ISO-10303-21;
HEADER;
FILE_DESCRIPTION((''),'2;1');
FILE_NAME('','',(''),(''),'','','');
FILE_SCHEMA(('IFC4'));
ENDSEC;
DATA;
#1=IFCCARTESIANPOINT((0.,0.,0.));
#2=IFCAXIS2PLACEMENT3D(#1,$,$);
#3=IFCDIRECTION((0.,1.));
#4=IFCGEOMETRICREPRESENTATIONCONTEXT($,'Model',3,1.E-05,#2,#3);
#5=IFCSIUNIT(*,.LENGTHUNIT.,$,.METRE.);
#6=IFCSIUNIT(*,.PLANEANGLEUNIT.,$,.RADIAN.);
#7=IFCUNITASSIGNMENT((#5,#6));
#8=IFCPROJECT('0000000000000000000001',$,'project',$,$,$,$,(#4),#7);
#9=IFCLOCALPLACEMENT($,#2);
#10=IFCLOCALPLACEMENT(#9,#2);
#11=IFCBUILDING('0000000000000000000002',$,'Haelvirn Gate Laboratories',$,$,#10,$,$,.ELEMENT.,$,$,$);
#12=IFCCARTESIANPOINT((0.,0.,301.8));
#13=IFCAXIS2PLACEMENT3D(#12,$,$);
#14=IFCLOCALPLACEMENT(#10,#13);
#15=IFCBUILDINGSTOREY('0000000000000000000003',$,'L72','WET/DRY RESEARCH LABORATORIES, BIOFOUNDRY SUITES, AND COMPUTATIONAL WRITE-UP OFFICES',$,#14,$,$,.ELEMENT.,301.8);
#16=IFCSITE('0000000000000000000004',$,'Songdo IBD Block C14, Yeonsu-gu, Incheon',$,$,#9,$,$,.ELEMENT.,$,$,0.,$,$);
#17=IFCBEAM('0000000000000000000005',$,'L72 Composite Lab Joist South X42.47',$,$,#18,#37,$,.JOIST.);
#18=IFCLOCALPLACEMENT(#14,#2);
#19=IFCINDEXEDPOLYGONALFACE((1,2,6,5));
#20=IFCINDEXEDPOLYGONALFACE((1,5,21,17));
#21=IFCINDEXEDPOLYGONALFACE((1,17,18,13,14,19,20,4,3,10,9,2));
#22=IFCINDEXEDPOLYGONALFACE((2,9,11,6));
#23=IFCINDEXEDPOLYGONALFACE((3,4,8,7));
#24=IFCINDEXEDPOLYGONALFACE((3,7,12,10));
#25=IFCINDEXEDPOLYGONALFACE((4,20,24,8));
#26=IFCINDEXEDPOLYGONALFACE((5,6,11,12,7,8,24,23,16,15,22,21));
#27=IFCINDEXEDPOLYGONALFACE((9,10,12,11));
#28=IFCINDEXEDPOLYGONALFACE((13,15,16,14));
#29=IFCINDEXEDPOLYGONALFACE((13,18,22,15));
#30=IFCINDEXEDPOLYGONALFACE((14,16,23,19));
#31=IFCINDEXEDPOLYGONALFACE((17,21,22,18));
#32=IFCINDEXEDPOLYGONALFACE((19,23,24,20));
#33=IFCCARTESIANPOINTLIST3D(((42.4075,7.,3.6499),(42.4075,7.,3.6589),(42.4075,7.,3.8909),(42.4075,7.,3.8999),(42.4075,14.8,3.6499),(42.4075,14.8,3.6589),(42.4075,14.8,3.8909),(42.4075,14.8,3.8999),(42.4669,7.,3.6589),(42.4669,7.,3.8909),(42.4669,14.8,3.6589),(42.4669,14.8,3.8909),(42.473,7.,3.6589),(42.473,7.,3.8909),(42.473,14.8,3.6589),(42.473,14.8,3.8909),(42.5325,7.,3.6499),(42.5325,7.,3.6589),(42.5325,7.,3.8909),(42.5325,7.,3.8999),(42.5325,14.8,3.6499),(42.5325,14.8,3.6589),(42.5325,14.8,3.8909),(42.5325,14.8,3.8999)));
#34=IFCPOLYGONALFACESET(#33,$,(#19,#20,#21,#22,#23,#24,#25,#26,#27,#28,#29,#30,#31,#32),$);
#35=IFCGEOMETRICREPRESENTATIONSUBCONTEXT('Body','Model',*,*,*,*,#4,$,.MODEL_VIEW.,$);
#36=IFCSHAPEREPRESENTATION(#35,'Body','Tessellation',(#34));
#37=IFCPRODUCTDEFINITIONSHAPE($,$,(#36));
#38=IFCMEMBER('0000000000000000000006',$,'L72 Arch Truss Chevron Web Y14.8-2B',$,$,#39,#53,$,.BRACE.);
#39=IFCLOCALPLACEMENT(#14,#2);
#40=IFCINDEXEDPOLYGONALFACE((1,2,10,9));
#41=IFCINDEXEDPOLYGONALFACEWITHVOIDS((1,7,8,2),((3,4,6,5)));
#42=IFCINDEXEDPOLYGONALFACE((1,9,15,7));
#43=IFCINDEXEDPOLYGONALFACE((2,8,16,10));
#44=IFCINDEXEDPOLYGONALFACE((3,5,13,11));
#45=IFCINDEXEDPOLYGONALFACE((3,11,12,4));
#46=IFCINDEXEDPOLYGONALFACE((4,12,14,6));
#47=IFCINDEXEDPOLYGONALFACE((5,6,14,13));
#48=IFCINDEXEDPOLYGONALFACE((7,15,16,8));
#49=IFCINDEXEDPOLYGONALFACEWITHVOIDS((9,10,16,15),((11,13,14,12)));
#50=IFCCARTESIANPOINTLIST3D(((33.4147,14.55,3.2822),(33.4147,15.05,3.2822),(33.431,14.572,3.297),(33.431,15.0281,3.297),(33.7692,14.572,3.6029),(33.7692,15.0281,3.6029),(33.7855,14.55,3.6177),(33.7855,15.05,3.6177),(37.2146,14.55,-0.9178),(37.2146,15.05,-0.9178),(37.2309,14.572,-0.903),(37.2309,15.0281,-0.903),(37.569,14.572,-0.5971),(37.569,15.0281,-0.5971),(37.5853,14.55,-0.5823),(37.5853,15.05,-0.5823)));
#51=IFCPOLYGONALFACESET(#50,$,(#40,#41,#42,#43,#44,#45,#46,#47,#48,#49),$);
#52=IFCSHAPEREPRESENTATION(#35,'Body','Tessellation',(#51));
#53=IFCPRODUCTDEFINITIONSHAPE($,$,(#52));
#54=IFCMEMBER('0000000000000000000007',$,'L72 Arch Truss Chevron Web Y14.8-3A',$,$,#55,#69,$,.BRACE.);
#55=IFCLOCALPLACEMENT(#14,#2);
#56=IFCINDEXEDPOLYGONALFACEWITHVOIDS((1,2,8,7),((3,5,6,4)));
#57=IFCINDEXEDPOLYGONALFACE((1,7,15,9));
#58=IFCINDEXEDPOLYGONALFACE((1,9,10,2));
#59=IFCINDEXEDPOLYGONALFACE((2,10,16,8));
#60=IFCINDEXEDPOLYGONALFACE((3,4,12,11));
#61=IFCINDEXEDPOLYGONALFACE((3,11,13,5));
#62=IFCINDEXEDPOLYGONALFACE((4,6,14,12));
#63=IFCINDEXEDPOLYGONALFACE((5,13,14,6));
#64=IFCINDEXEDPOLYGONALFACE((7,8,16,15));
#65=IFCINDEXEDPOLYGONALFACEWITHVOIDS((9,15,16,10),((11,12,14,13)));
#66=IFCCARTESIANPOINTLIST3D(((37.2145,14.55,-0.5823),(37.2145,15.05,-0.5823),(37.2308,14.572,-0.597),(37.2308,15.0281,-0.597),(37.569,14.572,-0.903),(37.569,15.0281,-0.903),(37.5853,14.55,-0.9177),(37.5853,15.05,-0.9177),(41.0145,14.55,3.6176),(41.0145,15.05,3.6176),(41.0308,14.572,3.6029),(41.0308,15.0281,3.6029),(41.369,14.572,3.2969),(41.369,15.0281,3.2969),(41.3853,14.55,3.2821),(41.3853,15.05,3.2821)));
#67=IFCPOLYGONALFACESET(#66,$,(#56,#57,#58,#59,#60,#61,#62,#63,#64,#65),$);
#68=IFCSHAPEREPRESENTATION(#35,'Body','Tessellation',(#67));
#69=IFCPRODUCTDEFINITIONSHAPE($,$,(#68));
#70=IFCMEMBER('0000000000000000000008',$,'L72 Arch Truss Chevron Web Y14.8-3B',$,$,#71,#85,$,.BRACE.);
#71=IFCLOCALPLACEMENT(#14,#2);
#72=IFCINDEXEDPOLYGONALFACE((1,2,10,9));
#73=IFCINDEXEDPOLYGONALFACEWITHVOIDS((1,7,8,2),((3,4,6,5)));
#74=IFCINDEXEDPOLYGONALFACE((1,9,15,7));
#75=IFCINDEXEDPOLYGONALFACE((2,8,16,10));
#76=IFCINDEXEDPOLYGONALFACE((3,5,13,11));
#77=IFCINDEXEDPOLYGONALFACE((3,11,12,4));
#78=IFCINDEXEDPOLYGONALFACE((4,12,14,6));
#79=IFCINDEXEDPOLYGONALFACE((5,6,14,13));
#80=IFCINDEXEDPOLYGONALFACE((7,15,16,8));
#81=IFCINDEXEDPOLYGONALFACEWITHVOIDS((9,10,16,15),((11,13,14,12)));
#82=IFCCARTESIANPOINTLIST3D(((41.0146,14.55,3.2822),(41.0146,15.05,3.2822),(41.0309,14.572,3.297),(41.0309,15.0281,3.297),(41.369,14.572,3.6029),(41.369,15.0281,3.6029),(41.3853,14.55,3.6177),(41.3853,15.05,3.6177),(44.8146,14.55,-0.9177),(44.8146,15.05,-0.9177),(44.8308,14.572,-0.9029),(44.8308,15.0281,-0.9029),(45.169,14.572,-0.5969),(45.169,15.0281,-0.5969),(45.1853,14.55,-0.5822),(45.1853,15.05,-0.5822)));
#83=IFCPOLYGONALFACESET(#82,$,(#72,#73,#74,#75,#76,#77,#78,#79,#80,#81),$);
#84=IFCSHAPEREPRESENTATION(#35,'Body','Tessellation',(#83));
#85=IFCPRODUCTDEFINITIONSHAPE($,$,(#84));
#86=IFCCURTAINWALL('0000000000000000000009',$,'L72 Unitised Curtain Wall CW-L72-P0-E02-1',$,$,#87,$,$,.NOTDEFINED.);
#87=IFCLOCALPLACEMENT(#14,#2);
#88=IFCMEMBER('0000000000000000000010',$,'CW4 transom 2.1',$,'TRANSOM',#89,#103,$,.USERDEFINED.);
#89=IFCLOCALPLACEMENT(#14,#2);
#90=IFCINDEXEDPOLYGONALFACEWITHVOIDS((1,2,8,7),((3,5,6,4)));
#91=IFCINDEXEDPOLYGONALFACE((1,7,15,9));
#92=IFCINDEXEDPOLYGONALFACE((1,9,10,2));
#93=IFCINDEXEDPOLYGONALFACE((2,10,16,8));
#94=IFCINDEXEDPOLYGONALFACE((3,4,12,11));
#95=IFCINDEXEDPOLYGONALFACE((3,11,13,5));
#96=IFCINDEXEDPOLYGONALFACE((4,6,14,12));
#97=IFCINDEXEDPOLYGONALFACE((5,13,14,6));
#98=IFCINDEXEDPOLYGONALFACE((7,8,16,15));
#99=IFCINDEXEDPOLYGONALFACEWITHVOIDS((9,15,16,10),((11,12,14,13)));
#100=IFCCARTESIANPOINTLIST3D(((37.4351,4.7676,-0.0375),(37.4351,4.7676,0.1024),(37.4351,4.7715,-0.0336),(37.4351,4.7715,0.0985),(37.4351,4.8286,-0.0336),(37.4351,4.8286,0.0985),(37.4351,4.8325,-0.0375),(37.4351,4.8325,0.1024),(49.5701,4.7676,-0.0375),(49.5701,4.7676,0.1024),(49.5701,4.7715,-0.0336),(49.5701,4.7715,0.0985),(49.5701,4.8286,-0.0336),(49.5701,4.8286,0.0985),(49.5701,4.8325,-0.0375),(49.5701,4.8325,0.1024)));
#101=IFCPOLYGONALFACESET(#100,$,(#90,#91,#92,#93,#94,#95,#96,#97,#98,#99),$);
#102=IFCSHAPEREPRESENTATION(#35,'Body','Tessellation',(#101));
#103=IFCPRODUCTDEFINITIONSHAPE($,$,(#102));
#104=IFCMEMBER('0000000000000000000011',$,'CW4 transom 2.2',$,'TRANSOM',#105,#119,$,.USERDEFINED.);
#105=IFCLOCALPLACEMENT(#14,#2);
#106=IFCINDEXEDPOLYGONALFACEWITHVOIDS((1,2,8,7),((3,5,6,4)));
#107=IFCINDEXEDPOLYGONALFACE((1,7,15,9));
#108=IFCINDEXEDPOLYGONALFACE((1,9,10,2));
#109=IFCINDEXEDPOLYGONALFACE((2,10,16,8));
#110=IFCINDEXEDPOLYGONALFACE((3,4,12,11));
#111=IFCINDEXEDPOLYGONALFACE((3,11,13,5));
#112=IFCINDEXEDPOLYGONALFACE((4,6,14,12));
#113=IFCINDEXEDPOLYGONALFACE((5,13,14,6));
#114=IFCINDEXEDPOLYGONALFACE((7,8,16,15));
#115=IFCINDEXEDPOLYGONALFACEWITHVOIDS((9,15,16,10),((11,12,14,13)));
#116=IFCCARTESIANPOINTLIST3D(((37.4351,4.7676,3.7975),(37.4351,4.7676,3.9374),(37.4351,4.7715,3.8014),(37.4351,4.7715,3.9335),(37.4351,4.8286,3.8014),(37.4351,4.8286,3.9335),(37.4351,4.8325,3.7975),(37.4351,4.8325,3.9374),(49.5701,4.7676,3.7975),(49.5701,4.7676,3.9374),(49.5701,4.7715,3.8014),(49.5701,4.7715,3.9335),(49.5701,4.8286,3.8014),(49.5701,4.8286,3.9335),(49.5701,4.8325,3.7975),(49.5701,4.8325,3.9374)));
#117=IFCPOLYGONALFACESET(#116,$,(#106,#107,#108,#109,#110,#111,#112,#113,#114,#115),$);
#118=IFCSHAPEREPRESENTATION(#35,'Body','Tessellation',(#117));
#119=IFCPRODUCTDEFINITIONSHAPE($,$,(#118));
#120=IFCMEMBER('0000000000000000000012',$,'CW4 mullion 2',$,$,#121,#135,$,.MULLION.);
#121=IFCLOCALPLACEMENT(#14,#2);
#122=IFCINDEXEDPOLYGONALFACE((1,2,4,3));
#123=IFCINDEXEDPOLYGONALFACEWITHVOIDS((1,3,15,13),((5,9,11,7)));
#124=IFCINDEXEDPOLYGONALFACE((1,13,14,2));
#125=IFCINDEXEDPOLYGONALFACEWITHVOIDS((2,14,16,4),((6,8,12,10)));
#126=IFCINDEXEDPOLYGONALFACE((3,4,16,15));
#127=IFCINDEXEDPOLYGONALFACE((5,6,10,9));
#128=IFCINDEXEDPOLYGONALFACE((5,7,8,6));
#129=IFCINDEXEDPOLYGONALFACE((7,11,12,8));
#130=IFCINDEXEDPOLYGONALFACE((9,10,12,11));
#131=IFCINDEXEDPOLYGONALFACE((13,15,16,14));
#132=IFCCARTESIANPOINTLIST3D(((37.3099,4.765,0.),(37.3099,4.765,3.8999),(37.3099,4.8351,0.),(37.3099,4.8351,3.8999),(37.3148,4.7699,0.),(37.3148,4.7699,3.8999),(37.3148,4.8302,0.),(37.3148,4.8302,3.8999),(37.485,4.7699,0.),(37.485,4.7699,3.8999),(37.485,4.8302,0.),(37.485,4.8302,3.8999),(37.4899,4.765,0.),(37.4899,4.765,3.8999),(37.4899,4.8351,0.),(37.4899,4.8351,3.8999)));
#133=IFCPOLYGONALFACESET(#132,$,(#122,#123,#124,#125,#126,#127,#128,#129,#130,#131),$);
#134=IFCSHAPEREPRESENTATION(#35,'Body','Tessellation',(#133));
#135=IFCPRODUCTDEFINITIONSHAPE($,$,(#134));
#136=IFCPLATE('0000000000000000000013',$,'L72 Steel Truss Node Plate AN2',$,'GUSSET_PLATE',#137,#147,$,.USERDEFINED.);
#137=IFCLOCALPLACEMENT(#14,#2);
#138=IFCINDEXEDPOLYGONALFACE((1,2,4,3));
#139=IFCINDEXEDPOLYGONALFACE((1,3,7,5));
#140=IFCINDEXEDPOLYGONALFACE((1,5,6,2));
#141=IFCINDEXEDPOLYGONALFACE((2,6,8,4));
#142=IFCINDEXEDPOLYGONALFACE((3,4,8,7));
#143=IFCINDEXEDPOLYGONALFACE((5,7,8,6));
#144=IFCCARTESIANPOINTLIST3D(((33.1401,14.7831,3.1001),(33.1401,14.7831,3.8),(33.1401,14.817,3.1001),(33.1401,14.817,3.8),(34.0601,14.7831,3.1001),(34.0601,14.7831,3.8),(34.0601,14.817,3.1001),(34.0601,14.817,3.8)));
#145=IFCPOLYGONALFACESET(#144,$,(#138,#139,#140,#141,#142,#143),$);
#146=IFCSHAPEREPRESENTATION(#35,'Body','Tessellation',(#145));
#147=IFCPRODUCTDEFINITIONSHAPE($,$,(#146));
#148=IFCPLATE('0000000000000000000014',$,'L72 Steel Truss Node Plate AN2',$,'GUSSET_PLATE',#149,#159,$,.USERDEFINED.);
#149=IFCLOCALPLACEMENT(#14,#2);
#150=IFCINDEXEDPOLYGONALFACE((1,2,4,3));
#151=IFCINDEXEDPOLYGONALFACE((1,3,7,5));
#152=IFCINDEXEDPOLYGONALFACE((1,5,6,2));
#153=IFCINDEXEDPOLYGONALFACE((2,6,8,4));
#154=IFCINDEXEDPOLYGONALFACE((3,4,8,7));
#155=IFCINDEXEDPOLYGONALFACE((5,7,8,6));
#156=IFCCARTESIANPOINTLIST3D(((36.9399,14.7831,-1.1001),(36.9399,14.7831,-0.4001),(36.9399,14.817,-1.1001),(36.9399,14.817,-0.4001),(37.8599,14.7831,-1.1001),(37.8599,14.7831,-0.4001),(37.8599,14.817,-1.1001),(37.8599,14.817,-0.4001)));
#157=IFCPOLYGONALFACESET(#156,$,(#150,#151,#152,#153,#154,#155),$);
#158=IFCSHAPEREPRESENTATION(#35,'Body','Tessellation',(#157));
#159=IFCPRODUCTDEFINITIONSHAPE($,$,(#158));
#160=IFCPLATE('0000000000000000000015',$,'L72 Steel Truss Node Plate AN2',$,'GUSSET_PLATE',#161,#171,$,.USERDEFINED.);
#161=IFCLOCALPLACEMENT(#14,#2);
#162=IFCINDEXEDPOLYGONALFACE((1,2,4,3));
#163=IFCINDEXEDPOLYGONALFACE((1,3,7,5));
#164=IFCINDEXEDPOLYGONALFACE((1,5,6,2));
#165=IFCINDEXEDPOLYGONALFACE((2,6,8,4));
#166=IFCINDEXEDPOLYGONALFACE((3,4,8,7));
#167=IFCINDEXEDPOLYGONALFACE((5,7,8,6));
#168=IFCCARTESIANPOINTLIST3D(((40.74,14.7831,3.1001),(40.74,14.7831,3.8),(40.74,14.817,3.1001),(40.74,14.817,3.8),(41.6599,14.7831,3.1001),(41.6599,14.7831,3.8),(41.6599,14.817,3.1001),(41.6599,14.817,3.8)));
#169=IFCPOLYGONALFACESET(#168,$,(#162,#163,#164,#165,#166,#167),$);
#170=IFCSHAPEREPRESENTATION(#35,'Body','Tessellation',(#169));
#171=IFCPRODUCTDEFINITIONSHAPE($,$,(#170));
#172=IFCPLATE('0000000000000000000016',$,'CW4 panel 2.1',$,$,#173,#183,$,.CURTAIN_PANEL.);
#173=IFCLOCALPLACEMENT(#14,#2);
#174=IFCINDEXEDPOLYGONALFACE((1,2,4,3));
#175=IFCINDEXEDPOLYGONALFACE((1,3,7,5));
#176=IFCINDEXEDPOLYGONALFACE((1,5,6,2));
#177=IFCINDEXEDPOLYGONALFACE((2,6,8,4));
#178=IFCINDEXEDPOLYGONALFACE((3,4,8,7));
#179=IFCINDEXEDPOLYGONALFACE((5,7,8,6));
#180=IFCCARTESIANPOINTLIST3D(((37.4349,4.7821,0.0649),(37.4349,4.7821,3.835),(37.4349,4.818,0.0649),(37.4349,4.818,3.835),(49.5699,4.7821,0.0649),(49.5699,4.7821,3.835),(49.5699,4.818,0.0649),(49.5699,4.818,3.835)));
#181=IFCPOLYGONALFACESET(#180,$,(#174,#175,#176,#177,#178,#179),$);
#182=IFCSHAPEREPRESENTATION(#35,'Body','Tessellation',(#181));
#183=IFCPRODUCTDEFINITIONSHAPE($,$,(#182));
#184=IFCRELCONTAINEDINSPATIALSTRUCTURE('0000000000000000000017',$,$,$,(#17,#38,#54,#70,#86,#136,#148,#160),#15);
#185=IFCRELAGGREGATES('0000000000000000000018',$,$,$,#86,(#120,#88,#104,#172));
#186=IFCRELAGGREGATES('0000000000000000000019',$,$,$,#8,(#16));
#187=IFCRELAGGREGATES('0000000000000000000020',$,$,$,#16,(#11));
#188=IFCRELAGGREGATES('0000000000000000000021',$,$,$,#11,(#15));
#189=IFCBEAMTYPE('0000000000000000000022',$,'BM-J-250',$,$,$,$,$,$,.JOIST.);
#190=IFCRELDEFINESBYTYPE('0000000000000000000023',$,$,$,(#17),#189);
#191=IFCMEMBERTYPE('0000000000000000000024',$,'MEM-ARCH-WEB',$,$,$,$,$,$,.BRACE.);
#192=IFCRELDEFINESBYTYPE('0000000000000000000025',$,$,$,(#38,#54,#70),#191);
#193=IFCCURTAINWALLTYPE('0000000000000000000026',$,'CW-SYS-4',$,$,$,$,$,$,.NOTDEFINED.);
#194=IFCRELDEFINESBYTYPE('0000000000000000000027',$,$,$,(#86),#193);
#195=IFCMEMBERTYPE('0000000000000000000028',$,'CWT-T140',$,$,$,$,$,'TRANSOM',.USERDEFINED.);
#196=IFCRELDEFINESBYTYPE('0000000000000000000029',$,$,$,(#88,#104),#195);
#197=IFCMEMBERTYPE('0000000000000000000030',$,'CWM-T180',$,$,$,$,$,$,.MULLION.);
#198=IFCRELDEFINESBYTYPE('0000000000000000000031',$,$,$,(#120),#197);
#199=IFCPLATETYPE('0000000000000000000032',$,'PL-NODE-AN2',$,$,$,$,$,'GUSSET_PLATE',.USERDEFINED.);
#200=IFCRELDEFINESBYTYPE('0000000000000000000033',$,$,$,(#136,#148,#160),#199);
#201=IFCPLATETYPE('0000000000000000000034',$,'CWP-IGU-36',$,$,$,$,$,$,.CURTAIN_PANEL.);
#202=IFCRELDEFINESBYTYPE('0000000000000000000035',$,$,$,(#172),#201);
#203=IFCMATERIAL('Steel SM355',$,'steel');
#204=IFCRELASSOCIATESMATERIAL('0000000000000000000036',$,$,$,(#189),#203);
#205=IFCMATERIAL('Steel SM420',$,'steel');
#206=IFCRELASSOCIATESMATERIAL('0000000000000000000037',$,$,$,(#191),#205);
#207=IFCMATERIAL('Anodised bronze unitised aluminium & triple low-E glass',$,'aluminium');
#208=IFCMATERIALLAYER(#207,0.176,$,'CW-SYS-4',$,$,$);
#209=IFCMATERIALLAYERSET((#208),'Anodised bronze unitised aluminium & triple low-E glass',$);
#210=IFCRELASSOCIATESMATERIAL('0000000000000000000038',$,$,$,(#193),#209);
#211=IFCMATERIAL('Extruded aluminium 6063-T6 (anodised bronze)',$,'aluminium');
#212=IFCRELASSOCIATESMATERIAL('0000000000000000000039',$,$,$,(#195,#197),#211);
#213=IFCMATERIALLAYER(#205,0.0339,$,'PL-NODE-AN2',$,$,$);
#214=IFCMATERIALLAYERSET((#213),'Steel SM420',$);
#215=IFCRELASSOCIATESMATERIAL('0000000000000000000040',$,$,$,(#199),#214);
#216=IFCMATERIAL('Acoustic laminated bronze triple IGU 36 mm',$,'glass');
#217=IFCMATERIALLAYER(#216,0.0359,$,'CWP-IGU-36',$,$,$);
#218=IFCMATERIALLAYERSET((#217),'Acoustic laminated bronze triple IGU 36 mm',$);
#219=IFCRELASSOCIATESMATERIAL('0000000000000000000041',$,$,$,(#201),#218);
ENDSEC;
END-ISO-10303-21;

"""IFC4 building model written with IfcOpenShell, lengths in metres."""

from ifc_helpers import new_model, si_unit, direction, frame, origin, origin_2d, place, context, subcontext, project, spatial, rectangle, hollow_rectangle, i_section, extrude, source, transform, mapped, material, layer, layer_set, material_profile, profile_set, type_object, type_shapes, element, aggregate, save


model = new_model("IFC4")

# Units and contexts
model_context = context("Model", 3, precision=1e-05, world=origin(), true_north=direction((0.0, 1.0)))
body_context = subcontext(model_context, "Body", "Model", "MODEL_VIEW")
ifc_project = project(units=[si_unit("LENGTHUNIT", "METRE"), si_unit("PLANEANGLEUNIT", "RADIAN")], contexts=[model_context])

# Site, building, storey
site_placement = place(None, origin())
site = spatial("IfcSite", under=ifc_project, at=site_placement, Name="Songdo IBD Block C14, Yeonsu-gu, Incheon", CompositionType="ELEMENT", RefElevation=0.0)
building_placement = place(site_placement, origin())
building = spatial("IfcBuilding", under=site, at=building_placement, Name="Haelvirn Gate Laboratories", CompositionType="ELEMENT")
storey_placement = place(building_placement, frame((0.0, 0.0, 301.8)))
storey = spatial("IfcBuildingStorey", under=building, at=storey_placement, Name="L72", Description="WET/DRY RESEARCH LABORATORIES, BIOFOUNDRY SUITES, AND COMPUTATIONAL WRITE-UP OFFICES", CompositionType="ELEMENT", Elevation=301.8)

# Shared definitions
ifc_material_1 = material(Name="Steel SM355", Category="steel")

# Beam
ifc_material_2 = material(Name="Steel SM420", Category="steel")
ifc_material_profile_1 = material_profile(ifc_material_1, i_section(OverallWidth=0.125, OverallDepth=0.25, WebThickness=0.0061, FlangeThickness=0.009, at=origin_2d()), Name="H-250x125x6x9")
ifc_profile_set_1 = profile_set([ifc_material_profile_1], Name="Steel SM355")
beam_type_1 = type_object("IfcBeamType", Name="BM-J-250", PredefinedType="JOIST", material=ifc_profile_set_1)
shared_shape_1 = source(origin(), body_context, "Body", "SweptSolid", [
    extrude(i_section(OverallWidth=0.125, OverallDepth=0.25, WebThickness=0.0061, FlangeThickness=0.009, at=origin_2d()), origin(), (0.0, 0.0, 1.0), 7.8),
])
type_shapes(beam_type_1, [shared_shape_1])
for number, where, z_axis, x_axis, name in (
    (1, (42.47, 7.0, 3.7749), (0.0, 1.0, 0.0), (-1.0, 0.0, 0.0), "L72 Composite Lab Joist South X42.47"),
):
    element("IfcBeam", number, at=place(storey_placement, frame(where, z_axis=z_axis, x_axis=x_axis)), inside=storey, type_object=beam_type_1, Name=name, PredefinedType="JOIST", context=body_context, shape_type="MappedRepresentation", body=[
        mapped(shared_shape_1, transform((0.0, 0.0, 0.0), scale=1.0)),
    ])

# Members
ifc_material_profile_2 = material_profile(ifc_material_2, hollow_rectangle(XDim=0.5, YDim=0.5, WallThickness=0.022, at=origin_2d()), Name="BOX-500x500x22")
ifc_profile_set_2 = profile_set([ifc_material_profile_2], Name="Steel SM420")
member_type_1 = type_object("IfcMemberType", Name="MEM-ARCH-WEB", PredefinedType="BRACE", material=ifc_profile_set_2)
shared_shape_2 = source(origin(), body_context, "Body", "SweptSolid", [
    extrude(hollow_rectangle(XDim=0.5, YDim=0.5, WallThickness=0.022, at=origin_2d()), origin(), (0.0, 0.0, 1.0), 5.6638),
])
type_shapes(member_type_1, [shared_shape_2])
for number, where, z_axis, x_axis, name in (
    (2, (33.6001, 14.8, 3.45), (0.670899, 0.0, -0.741549), (0.0, 1.0, 0.0), "L72 Arch Truss Chevron Web Y14.8-2B"),
    (3, (37.3999, 14.8, -0.75), (0.670922, 0.0, 0.741528), (0.0, 1.0, 0.0), "L72 Arch Truss Chevron Web Y14.8-3A"),
    (4, (41.2, 14.8, 3.45), (0.670922, 0.0, -0.741528), (0.0, 1.0, 0.0), "L72 Arch Truss Chevron Web Y14.8-3B"),
):
    element("IfcMember", number, at=place(storey_placement, frame(where, z_axis=z_axis, x_axis=x_axis)), inside=storey, type_object=member_type_1, Name=name, PredefinedType="BRACE", context=body_context, shape_type="MappedRepresentation", body=[
        mapped(shared_shape_2, transform((0.0, 0.0, 0.0), scale=1.0)),
    ])

# Curtain wall, members
ifc_material_3 = material(Name="Anodised bronze unitised aluminium & triple low-E glass", Category="aluminium")
ifc_layer_1 = layer(ifc_material_3, 0.176, Name="CW-SYS-4")
ifc_layer_set_1 = layer_set([ifc_layer_1], Name="Anodised bronze unitised aluminium & triple low-E glass")
curtain_wall_type = type_object("IfcCurtainWallType", Name="CW-SYS-4", PredefinedType="NOTDEFINED", material=ifc_layer_set_1)
curtain_wall_placement = place(storey_placement, origin())
curtain_wall = element("IfcCurtainWall", 5, at=curtain_wall_placement, inside=storey, type_object=curtain_wall_type, Name="L72 Unitised Curtain Wall CW-L72-P0-E02-1", PredefinedType="NOTDEFINED")
ifc_material_4 = material(Name="Extruded aluminium 6063-T6 (anodised bronze)", Category="aluminium")
ifc_material_profile_3 = material_profile(ifc_material_4, hollow_rectangle(XDim=0.0649, YDim=0.1399, WallThickness=0.0039, at=origin_2d()), Name="CWT-140x65x4")
ifc_profile_set_3 = profile_set([ifc_material_profile_3], Name="Extruded aluminium 6063-T6 (anodised bronze)")
member_type_2 = type_object("IfcMemberType", Name="CWT-T140", ElementType="TRANSOM", PredefinedType="USERDEFINED", material=ifc_profile_set_3)
shared_shape_3 = source(origin(), body_context, "Body", "SweptSolid", [
    extrude(hollow_rectangle(XDim=0.0649, YDim=0.1399, WallThickness=0.0039, at=origin_2d()), origin(), (0.0, 0.0, 1.0), 12.135),
])
type_shapes(member_type_2, [shared_shape_3])
member_1_placement = place(storey_placement, frame((37.4351, 4.8, 0.0325), z_axis=(1.0, 0.0, 0.0), x_axis=(0.0, 1.0, 0.0)))
member_1 = element("IfcMember", 6, at=member_1_placement, type_object=member_type_2, Name="CW4 transom 2.1", ObjectType="TRANSOM", PredefinedType="USERDEFINED", context=body_context, shape_type="MappedRepresentation", body=[
    mapped(shared_shape_3, transform((0.0, 0.0, 0.0), scale=1.0)),
])
member_2_placement = place(storey_placement, frame((37.4351, 4.8, 3.8674), z_axis=(1.0, 0.0, 0.0), x_axis=(0.0, 1.0, 0.0)))
member_2 = element("IfcMember", 7, at=member_2_placement, type_object=member_type_2, Name="CW4 transom 2.2", ObjectType="TRANSOM", PredefinedType="USERDEFINED", context=body_context, shape_type="MappedRepresentation", body=[
    mapped(shared_shape_3, transform((0.0, 0.0, 0.0), scale=1.0)),
])
ifc_material_profile_4 = material_profile(ifc_material_4, hollow_rectangle(XDim=0.0701, YDim=0.1799, WallThickness=0.0049, at=origin_2d()), Name="CWM-180x70x5")
ifc_profile_set_4 = profile_set([ifc_material_profile_4], Name="Extruded aluminium 6063-T6 (anodised bronze)")
member_type_3 = type_object("IfcMemberType", Name="CWM-T180", PredefinedType="MULLION", material=ifc_profile_set_4)
shared_shape_4 = source(origin(), body_context, "Body", "SweptSolid", [
    extrude(hollow_rectangle(XDim=0.0701, YDim=0.1799, WallThickness=0.0049, at=origin_2d()), origin(), (0.0, 0.0, 1.0), 3.8999),
])
type_shapes(member_type_3, [shared_shape_4])
member_3_placement = place(storey_placement, frame((37.3999, 4.8, 0.0), z_axis=(0.0, 0.0, 1.0), x_axis=(0.0, 1.0, 0.0)))
member_3 = element("IfcMember", 8, at=member_3_placement, type_object=member_type_3, Name="CW4 mullion 2", PredefinedType="MULLION", context=body_context, shape_type="MappedRepresentation", body=[
    mapped(shared_shape_4, transform((0.0, 0.0, 0.0), scale=1.0)),
])

# Plates
ifc_layer_2 = layer(ifc_material_2, 0.0339, Name="PL-NODE-AN2")
ifc_layer_set_2 = layer_set([ifc_layer_2], Name="Steel SM420")
plate_type_1 = type_object("IfcPlateType", Name="PL-NODE-AN2", ElementType="GUSSET_PLATE", PredefinedType="USERDEFINED", material=ifc_layer_set_2)
shared_shape_5 = source(origin(), body_context, "Body", "SweptSolid", [
    extrude(rectangle(XDim=0.9199, YDim=0.0339, at=origin_2d()), origin(), (0.0, 0.0, 1.0), 0.7),
])
type_shapes(plate_type_1, [shared_shape_5])
for number, where, z_axis, x_axis, name in (
    (9, (33.6001, 14.8, 3.1001), (0.0, 0.0, 1.0), (1.0, 0.0, 0.0), "L72 Steel Truss Node Plate AN2"),
    (10, (37.3999, 14.8, -1.1001), (0.0, 0.0, 1.0), (1.0, 0.0, 0.0), "L72 Steel Truss Node Plate AN2"),
    (11, (41.2, 14.8, 3.1001), (0.0, 0.0, 1.0), (1.0, 0.0, 0.0), "L72 Steel Truss Node Plate AN2"),
):
    element("IfcPlate", number, at=place(storey_placement, frame(where, z_axis=z_axis, x_axis=x_axis)), inside=storey, type_object=plate_type_1, Name=name, ObjectType="GUSSET_PLATE", PredefinedType="USERDEFINED", context=body_context, shape_type="MappedRepresentation", body=[
        mapped(shared_shape_5, transform((0.0, 0.0, 0.0), scale=1.0)),
    ])

# Plate
ifc_material_5 = material(Name="Acoustic laminated bronze triple IGU 36 mm", Category="glass")
ifc_layer_3 = layer(ifc_material_5, 0.0359, Name="CWP-IGU-36")
ifc_layer_set_3 = layer_set([ifc_layer_3], Name="Acoustic laminated bronze triple IGU 36 mm")
plate_type_2 = type_object("IfcPlateType", Name="CWP-IGU-36", PredefinedType="CURTAIN_PANEL", material=ifc_layer_set_3)
shared_shape_6 = source(origin(), body_context, "Body", "SweptSolid", [
    extrude(rectangle(XDim=12.135, YDim=0.0359, at=origin_2d()), origin(), (0.0, 0.0, 1.0), 3.77),
])
type_shapes(plate_type_2, [shared_shape_6])
plate_placement = place(storey_placement, frame((43.5024, 4.8, 0.0649), z_axis=(0.0, 0.0, 1.0), x_axis=(1.0, 0.0, 0.0)))
plate = element("IfcPlate", 12, at=plate_placement, type_object=plate_type_2, Name="CW4 panel 2.1", PredefinedType="CURTAIN_PANEL", context=body_context, shape_type="MappedRepresentation", body=[
    mapped(shared_shape_6, transform((0.0, 0.0, 0.0), scale=1.0)),
])
aggregate(curtain_wall, [member_3, member_1, member_2, plate])

save(model, "model.ifc")
